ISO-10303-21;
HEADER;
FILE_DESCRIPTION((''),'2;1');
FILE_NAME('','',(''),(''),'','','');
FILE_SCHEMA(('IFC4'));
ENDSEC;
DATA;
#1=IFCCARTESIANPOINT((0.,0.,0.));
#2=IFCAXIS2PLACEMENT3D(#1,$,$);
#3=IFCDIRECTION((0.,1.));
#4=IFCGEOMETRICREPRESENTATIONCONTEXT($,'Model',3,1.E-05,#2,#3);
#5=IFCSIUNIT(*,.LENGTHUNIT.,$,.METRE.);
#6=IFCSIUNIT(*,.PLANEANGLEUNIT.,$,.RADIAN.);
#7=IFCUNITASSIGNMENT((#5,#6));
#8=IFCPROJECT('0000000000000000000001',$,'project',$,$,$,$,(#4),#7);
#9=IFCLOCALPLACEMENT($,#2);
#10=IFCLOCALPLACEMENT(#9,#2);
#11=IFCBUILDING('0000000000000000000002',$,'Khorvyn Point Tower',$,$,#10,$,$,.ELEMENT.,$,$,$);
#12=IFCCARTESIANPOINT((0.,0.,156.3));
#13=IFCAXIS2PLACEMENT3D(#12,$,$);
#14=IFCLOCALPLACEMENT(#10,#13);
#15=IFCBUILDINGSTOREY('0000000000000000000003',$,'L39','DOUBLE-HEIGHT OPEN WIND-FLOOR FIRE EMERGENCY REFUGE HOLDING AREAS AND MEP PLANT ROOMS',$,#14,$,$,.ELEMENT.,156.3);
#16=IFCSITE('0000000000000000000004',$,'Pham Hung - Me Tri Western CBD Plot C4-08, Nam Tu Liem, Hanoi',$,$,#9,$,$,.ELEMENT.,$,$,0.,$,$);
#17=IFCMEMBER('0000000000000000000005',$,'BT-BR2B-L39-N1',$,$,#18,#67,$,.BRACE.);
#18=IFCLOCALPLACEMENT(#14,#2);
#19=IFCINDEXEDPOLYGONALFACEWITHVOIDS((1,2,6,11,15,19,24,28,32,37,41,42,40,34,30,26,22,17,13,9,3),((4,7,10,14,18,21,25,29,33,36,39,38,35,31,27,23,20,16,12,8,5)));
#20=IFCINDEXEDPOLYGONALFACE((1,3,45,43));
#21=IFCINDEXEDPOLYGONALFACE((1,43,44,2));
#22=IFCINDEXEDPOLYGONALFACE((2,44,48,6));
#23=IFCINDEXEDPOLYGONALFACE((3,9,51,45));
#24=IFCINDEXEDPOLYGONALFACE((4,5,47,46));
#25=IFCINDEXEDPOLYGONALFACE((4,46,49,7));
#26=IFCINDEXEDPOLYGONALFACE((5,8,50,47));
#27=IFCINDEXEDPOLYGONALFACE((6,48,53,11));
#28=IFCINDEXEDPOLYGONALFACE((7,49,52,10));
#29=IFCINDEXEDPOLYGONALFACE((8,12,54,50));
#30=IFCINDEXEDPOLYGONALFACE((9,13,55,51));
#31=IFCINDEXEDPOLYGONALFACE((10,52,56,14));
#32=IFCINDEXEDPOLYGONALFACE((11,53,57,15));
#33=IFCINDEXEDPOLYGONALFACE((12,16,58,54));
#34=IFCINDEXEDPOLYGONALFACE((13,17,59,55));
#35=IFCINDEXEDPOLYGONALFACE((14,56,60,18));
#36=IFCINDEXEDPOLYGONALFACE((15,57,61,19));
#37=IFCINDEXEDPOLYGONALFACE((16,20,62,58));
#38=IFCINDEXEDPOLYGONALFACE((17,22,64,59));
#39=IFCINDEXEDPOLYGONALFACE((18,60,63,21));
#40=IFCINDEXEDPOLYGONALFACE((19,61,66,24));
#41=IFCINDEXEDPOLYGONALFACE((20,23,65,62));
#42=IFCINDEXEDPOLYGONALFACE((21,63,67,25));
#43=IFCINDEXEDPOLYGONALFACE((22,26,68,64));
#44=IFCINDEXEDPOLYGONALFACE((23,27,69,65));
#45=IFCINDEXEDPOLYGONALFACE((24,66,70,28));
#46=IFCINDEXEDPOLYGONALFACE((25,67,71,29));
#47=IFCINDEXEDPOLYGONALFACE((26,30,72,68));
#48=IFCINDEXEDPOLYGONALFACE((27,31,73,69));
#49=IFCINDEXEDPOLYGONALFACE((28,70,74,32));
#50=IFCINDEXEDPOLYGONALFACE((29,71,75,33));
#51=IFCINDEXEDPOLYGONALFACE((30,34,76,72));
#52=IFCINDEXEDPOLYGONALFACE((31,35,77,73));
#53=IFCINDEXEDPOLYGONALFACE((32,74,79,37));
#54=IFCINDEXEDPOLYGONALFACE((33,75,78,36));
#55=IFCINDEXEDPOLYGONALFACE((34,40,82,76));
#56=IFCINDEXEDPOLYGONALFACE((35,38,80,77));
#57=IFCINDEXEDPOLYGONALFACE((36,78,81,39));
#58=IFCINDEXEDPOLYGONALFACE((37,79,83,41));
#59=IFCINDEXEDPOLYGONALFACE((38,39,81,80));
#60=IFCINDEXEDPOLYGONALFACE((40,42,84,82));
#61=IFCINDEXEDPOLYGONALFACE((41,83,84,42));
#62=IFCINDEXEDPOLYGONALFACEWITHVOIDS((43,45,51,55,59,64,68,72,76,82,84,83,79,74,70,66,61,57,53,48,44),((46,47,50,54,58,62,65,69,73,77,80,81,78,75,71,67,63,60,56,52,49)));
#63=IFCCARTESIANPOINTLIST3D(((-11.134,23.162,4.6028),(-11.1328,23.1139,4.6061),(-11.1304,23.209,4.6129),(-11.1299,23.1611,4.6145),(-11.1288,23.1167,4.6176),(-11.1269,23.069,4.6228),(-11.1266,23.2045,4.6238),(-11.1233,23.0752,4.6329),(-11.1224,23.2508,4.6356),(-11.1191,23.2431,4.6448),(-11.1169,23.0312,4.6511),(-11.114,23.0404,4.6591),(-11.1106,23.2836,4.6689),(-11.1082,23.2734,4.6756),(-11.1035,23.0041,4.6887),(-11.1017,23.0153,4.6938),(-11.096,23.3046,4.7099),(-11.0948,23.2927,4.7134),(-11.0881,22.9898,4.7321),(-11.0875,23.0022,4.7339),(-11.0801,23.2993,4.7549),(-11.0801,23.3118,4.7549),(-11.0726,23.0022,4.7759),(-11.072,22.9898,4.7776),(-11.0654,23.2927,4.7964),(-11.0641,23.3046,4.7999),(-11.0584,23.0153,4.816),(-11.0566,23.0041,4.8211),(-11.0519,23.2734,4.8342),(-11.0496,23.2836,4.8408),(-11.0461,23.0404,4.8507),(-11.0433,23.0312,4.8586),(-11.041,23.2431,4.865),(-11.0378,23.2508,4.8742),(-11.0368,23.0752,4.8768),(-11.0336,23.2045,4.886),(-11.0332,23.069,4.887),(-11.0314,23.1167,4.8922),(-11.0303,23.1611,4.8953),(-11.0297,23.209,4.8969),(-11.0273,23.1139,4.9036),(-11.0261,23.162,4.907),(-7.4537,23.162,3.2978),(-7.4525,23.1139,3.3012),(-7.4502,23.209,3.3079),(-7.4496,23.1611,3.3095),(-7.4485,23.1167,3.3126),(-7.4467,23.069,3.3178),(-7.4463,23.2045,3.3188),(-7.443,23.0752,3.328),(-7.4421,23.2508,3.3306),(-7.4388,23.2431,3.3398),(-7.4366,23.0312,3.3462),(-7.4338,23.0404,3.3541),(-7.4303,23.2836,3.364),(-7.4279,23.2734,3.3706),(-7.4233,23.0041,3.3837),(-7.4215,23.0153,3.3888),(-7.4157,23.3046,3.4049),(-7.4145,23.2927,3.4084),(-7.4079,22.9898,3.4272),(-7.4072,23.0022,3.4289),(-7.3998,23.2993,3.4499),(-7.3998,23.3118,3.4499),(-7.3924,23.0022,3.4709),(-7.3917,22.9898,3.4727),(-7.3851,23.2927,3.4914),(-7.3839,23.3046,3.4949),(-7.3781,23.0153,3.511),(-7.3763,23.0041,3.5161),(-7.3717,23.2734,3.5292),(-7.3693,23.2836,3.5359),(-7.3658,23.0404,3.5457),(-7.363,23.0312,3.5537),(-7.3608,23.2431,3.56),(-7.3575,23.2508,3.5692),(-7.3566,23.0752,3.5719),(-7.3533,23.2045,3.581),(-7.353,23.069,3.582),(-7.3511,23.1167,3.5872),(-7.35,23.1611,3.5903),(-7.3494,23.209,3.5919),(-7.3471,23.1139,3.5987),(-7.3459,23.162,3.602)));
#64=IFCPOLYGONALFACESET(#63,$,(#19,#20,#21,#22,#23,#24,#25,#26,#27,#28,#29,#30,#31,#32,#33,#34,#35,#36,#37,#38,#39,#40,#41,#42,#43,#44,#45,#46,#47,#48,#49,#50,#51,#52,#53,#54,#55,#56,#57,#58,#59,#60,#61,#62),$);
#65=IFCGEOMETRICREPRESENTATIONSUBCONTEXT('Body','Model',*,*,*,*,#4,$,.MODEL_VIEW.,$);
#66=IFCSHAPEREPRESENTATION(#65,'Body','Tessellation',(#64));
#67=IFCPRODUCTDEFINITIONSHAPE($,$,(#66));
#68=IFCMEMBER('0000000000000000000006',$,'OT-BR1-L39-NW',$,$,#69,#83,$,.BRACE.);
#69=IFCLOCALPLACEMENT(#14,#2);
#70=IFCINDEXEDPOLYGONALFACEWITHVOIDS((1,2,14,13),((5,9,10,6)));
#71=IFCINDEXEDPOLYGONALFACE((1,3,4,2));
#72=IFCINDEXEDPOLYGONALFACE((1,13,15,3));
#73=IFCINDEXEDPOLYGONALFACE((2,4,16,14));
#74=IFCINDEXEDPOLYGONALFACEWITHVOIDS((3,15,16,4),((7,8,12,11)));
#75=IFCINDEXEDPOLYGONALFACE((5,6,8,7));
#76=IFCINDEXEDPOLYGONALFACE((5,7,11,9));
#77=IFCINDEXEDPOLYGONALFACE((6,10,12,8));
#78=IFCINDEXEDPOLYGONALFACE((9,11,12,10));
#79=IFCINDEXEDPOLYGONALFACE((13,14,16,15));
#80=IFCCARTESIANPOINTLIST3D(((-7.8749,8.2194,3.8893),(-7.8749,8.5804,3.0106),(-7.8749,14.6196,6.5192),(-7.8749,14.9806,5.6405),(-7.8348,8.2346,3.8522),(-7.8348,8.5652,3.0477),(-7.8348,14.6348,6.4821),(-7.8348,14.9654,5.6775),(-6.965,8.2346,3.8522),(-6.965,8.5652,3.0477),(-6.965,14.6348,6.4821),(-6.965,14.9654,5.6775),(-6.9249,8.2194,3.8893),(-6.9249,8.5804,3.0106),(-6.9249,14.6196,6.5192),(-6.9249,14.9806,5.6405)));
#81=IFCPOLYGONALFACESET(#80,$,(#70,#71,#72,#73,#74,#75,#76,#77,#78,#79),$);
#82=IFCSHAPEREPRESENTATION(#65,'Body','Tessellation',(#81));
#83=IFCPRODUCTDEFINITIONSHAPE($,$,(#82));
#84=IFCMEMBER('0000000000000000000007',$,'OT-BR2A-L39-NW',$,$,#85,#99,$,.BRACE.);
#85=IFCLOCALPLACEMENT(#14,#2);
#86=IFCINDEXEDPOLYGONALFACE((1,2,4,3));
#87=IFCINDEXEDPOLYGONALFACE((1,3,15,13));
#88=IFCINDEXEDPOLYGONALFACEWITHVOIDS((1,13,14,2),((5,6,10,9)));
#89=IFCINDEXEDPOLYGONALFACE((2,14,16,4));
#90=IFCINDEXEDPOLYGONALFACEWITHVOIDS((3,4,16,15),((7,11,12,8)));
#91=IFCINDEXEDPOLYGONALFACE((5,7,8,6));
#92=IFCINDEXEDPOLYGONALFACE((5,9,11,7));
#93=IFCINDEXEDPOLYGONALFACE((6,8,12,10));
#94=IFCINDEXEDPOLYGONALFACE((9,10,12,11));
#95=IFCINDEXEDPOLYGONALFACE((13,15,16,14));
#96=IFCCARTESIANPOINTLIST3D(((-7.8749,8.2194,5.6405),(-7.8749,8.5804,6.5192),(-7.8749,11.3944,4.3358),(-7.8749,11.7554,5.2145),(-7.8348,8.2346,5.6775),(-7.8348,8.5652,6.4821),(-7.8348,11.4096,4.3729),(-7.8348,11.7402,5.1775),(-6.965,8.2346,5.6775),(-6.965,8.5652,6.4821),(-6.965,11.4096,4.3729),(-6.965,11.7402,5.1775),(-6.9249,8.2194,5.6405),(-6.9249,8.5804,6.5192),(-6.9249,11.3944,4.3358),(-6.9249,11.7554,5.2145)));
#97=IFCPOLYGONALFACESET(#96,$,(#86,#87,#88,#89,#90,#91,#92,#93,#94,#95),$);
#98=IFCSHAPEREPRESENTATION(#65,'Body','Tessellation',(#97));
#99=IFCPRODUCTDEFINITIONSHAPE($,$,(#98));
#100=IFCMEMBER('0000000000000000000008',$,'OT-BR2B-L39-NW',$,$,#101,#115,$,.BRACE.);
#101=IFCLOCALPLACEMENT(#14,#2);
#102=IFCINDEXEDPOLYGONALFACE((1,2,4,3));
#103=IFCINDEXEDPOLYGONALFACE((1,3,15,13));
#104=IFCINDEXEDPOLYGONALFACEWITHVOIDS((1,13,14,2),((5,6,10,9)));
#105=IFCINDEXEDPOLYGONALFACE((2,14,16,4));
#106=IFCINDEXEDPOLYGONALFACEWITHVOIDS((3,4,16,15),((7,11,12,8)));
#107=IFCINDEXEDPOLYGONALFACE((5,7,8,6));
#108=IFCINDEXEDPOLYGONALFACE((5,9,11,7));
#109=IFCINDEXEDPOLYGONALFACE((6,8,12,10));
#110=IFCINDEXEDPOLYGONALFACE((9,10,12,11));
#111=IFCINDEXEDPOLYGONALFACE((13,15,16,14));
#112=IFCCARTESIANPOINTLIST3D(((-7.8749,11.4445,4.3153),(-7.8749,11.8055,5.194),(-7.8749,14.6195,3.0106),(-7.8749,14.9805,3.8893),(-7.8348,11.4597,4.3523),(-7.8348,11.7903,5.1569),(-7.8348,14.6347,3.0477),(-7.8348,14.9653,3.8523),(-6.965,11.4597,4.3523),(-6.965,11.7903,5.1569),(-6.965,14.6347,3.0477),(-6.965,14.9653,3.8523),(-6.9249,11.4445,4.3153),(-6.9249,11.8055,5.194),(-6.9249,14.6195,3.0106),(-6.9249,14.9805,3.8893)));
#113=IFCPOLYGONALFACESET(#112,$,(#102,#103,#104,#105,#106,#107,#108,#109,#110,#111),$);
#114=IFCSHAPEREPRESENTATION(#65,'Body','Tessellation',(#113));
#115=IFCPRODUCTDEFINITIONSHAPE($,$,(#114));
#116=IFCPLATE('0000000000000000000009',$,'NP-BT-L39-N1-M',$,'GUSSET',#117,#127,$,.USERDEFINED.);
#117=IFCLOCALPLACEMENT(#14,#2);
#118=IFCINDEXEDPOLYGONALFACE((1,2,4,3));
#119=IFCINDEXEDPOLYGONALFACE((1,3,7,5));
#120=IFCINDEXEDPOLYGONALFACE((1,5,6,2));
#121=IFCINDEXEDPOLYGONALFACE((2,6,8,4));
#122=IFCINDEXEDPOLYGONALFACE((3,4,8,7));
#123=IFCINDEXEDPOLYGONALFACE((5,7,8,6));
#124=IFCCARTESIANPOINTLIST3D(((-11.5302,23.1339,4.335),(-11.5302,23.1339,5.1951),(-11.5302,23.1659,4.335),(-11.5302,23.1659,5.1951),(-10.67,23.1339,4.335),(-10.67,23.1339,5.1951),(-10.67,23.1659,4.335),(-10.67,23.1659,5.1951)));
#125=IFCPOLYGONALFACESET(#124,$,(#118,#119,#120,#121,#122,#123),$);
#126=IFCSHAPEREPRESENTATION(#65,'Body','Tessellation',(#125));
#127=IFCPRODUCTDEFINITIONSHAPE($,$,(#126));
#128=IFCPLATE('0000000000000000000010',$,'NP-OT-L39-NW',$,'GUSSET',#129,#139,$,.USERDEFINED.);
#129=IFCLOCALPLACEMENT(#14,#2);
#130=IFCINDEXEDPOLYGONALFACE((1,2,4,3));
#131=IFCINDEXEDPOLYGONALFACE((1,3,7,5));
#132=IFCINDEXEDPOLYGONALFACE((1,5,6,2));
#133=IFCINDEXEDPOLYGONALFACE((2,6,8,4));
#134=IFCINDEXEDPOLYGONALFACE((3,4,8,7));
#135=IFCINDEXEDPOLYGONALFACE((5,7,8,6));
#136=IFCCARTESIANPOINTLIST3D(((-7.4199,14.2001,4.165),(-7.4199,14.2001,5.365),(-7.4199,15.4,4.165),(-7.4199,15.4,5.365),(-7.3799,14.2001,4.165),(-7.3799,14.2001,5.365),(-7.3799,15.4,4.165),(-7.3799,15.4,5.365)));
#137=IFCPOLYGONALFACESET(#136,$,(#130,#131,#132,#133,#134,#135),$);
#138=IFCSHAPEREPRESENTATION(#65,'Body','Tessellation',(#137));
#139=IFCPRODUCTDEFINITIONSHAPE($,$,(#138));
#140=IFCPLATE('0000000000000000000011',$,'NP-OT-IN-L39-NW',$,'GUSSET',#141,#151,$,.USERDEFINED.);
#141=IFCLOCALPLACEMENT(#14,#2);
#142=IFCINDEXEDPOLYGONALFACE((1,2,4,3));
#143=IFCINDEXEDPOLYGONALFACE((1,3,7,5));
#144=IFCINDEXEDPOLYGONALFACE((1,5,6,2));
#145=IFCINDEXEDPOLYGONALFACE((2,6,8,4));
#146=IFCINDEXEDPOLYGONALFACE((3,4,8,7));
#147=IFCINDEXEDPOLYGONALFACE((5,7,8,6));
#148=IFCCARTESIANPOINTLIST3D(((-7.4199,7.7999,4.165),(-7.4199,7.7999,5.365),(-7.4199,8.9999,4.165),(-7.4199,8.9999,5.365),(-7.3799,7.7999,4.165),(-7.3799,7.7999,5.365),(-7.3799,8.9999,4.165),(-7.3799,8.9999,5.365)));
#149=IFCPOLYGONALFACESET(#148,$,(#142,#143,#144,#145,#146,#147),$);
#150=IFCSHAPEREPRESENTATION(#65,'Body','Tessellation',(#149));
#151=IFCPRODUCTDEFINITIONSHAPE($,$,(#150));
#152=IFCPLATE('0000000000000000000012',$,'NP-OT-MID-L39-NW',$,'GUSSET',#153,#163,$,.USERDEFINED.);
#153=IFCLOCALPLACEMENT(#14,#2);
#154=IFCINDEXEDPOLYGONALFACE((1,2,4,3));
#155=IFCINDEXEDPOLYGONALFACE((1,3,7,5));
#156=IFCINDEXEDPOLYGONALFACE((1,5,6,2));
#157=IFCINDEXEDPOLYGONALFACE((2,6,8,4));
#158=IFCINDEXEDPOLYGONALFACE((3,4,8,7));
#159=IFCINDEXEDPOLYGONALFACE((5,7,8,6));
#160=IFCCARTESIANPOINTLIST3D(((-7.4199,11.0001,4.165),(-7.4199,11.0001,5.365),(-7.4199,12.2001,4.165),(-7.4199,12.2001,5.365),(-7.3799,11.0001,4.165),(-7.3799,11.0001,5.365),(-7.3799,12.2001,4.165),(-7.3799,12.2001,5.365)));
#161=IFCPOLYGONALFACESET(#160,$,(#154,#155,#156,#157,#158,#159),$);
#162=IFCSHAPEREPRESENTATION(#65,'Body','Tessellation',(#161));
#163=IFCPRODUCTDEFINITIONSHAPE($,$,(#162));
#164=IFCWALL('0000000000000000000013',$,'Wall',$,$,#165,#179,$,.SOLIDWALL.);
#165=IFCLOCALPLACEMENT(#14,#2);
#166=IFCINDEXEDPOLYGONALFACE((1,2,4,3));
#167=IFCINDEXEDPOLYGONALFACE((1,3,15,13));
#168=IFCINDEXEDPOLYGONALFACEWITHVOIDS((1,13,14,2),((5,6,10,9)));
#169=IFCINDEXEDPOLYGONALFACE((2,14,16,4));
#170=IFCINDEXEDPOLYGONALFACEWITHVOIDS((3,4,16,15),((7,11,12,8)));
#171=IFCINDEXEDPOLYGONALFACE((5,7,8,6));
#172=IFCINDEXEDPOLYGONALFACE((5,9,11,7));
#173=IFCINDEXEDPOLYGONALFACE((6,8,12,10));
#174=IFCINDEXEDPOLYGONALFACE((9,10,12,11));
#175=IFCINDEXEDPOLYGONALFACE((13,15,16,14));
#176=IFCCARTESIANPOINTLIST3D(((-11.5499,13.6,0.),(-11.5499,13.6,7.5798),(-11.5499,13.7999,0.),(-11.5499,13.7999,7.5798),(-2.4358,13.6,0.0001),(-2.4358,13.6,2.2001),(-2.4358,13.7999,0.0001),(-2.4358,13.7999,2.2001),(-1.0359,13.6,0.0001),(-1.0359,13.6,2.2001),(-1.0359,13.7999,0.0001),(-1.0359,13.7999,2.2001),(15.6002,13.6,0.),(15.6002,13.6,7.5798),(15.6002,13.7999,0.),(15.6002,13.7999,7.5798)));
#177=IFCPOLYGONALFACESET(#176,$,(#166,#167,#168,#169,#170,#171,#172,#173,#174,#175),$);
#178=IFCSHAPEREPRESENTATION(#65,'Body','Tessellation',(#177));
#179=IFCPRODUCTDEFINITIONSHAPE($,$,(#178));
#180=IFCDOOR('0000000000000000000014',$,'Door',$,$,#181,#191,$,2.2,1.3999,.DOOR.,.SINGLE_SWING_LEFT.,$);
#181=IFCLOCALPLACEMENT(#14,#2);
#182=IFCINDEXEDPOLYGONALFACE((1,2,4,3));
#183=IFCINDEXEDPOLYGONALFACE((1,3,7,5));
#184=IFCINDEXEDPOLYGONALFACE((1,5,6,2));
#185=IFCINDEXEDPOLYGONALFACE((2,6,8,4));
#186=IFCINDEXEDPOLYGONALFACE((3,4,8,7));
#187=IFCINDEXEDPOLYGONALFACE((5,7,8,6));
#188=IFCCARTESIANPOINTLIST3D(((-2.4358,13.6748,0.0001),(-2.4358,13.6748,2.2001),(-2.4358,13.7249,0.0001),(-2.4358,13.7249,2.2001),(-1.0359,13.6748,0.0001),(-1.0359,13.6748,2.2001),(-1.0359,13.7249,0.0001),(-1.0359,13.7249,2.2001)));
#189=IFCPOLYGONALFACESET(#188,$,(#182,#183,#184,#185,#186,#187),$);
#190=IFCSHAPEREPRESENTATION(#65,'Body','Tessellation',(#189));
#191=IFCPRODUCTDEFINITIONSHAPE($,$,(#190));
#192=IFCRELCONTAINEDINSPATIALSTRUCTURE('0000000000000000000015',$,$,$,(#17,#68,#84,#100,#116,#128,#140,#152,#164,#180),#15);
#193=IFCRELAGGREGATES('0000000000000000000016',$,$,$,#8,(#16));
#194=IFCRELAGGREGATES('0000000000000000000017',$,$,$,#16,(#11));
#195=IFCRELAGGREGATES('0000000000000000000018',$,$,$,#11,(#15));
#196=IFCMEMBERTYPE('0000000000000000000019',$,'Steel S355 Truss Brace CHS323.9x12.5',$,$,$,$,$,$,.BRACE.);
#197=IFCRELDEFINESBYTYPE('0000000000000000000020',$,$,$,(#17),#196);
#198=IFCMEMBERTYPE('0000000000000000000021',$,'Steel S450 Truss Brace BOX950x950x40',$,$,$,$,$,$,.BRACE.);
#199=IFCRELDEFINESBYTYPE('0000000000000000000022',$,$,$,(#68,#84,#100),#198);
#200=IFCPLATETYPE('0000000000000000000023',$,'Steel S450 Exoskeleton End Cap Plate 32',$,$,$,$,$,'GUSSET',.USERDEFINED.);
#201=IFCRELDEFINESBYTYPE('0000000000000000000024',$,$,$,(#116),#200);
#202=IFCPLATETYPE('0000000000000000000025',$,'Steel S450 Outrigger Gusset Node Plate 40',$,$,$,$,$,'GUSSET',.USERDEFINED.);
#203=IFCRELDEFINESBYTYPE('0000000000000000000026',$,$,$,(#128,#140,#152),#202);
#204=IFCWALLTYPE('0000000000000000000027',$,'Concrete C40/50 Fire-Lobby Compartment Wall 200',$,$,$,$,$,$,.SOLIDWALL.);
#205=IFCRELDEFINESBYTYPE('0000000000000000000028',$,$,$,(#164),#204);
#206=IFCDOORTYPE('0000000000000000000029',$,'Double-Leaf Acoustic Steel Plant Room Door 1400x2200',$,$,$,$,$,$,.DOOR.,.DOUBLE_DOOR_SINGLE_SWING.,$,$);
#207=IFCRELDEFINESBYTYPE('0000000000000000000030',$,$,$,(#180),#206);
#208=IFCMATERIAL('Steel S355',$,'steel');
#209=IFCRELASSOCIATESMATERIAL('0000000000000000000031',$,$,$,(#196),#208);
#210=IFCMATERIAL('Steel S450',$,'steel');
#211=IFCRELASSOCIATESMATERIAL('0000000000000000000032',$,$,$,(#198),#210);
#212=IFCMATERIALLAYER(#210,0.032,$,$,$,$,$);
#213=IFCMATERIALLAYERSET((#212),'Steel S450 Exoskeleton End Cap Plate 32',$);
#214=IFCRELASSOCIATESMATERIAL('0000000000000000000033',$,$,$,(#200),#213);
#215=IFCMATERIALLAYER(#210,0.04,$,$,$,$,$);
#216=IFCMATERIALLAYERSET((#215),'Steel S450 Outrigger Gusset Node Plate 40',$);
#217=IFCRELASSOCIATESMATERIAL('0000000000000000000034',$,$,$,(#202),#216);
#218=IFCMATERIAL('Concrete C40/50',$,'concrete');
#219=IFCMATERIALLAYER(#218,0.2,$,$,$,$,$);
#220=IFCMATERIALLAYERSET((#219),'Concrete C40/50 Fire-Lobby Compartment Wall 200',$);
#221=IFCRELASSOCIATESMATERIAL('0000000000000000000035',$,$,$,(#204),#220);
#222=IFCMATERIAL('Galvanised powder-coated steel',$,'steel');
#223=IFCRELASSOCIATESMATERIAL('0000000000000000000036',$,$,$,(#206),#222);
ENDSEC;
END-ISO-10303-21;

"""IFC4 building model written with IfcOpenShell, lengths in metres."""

from ifc_helpers import new_model, si_unit, direction, frame, frame_2d, origin, origin_2d, place, context, subcontext, project, spatial, rectangle, hollow_rectangle, hollow_circle, extrude, material, layer, layer_set, material_profile, profile_set, type_object, element, fill, save


model = new_model("IFC4")

# Units and contexts
model_context = context("Model", 3, precision=1e-05, world=origin(), true_north=direction((0.0, 1.0)))
body_context = subcontext(model_context, "Body", "Model", "MODEL_VIEW")
ifc_project = project(units=[si_unit("LENGTHUNIT", "METRE"), si_unit("PLANEANGLEUNIT", "RADIAN")], contexts=[model_context])

# Site, building, storey
site_placement = place(None, origin())
site = spatial("IfcSite", under=ifc_project, at=site_placement, Name="Pham Hung - Me Tri Western CBD Plot C4-08, Nam Tu Liem, Hanoi", CompositionType="ELEMENT", RefElevation=0.0)
building_placement = place(site_placement, origin())
building = spatial("IfcBuilding", under=site, at=building_placement, Name="Khorvyn Point Tower", CompositionType="ELEMENT")
storey_placement = place(building_placement, frame((0.0, 0.0, 156.3)))
storey = spatial("IfcBuildingStorey", under=building, at=storey_placement, Name="L39", Description="DOUBLE-HEIGHT OPEN WIND-FLOOR FIRE EMERGENCY REFUGE HOLDING AREAS AND MEP PLANT ROOMS", CompositionType="ELEMENT", Elevation=156.3)

# Shared definitions
ifc_material_1 = material(Name="Steel S450", Category="steel")

# Shared definitions
ifc_material_2 = material(Name="Steel S355", Category="steel")

# Members
ifc_material_profile_1 = material_profile(ifc_material_2, hollow_circle(Radius=0.1619, WallThickness=0.0125, at=origin_2d()))
ifc_profile_set_1 = profile_set([ifc_material_profile_1], Name="Steel S355 CHS323.9x12.5")
member_type_1 = type_object("IfcMemberType", Name="Steel S355 Truss Brace CHS323.9x12.5", PredefinedType="BRACE", material=ifc_profile_set_1)
member_1_placement = place(storey_placement, frame((-11.0801, 23.1499, 4.7549), z_axis=(0.942503, 0.0, -0.334197), x_axis=(0.0, 1.0, 0.0)))
element("IfcMember", 1, at=member_1_placement, inside=storey, type_object=member_type_1, Name="BT-BR2B-L39-N1", PredefinedType="BRACE", context=body_context, shape_type="SweptSolid", body=[
    extrude(hollow_circle(Radius=0.1619, WallThickness=0.0125, at=origin_2d()), origin(), (0.0, 0.0, 1.0), 3.9048),
])
ifc_material_profile_2 = material_profile(ifc_material_1, hollow_rectangle(XDim=0.95, YDim=0.95, WallThickness=0.04, at=origin_2d()))
ifc_profile_set_2 = profile_set([ifc_material_profile_2], Name="Steel S450 BOX950x950x40")
member_type_2 = type_object("IfcMemberType", Name="Steel S450 Truss Brace BOX950x950x40", PredefinedType="BRACE", material=ifc_profile_set_2)
member_2_placement = place(storey_placement, frame((-7.3999, 8.3999, 3.45), z_axis=(0.0, 0.924956, 0.380074), x_axis=(-1.0, 0.0, 0.0)))
element("IfcMember", 2, at=member_2_placement, inside=storey, type_object=member_type_2, Name="OT-BR1-L39-NW", PredefinedType="BRACE", context=body_context, shape_type="SweptSolid", body=[
    extrude(hollow_rectangle(XDim=0.95, YDim=0.95, WallThickness=0.04, at=origin_2d()), origin(), (0.0, 0.0, 1.0), 6.9194),
])
for number, where, z_axis, x_axis, name in (
    (3, (-7.3999, 8.3999, 6.0798), (0.0, 0.924953, -0.380081), (-1.0, 0.0, 0.0), "OT-BR2A-L39-NW"),
    (4, (-7.3999, 11.625, 4.7546), (0.0, 0.924953, -0.380081), (-1.0, 0.0, 0.0), "OT-BR2B-L39-NW"),
):
    element("IfcMember", number, at=place(storey_placement, frame(where, z_axis=z_axis, x_axis=x_axis)), inside=storey, type_object=member_type_2, Name=name, PredefinedType="BRACE", context=body_context, shape_type="SweptSolid", body=[
        extrude(hollow_rectangle(XDim=0.95, YDim=0.95, WallThickness=0.04, at=origin_2d()), origin(), (0.0, 0.0, 1.0), 3.4326),
    ])

# Plates
ifc_layer_1 = layer(ifc_material_1, 0.032)
ifc_layer_set_1 = layer_set([ifc_layer_1], Name="Steel S450 Exoskeleton End Cap Plate 32")
plate_type_1 = type_object("IfcPlateType", Name="Steel S450 Exoskeleton End Cap Plate 32", ElementType="GUSSET", PredefinedType="USERDEFINED", material=ifc_layer_set_1)
plate_placement = place(storey_placement, frame((-11.1001, 23.1499, 4.335), z_axis=(0.0, 0.0, 1.0), x_axis=(1.0, 0.0, 0.0)))
element("IfcPlate", 5, at=plate_placement, inside=storey, type_object=plate_type_1, Name="NP-BT-L39-N1-M", ObjectType="GUSSET", PredefinedType="USERDEFINED", context=body_context, shape_type="SweptSolid", body=[
    extrude(rectangle(XDim=0.8601, YDim=0.032, at=origin_2d()), origin(), (0.0, 0.0, 1.0), 0.8601),
])
ifc_layer_2 = layer(ifc_material_1, 0.04)
ifc_layer_set_2 = layer_set([ifc_layer_2], Name="Steel S450 Outrigger Gusset Node Plate 40")
plate_type_2 = type_object("IfcPlateType", Name="Steel S450 Outrigger Gusset Node Plate 40", ElementType="GUSSET", PredefinedType="USERDEFINED", material=ifc_layer_set_2)
for number, where, z_axis, x_axis, name in (
    (6, (-7.3999, 14.8, 4.165), (0.0, 0.0, 1.0), (1.0, 0.0, 0.0), "NP-OT-L39-NW"),
    (7, (-7.3999, 8.3999, 4.165), (0.0, 0.0, 1.0), (1.0, 0.0, 0.0), "NP-OT-IN-L39-NW"),
    (8, (-7.3999, 11.6001, 4.165), (0.0, 0.0, 1.0), (1.0, 0.0, 0.0), "NP-OT-MID-L39-NW"),
):
    element("IfcPlate", number, at=place(storey_placement, frame(where, z_axis=z_axis, x_axis=x_axis)), inside=storey, type_object=plate_type_2, Name=name, ObjectType="GUSSET", PredefinedType="USERDEFINED", context=body_context, shape_type="SweptSolid", body=[
        extrude(rectangle(XDim=0.04, YDim=1.2, at=origin_2d()), origin(), (0.0, 0.0, 1.0), 1.2),
    ])

# Wall, opening, door
ifc_material_3 = material(Name="Concrete C40/50", Category="concrete")
ifc_layer_3 = layer(ifc_material_3, 0.2)
ifc_layer_set_3 = layer_set([ifc_layer_3], Name="Concrete C40/50 Fire-Lobby Compartment Wall 200")
wall_type_1 = type_object("IfcWallType", Name="Concrete C40/50 Fire-Lobby Compartment Wall 200", PredefinedType="SOLIDWALL", material=ifc_layer_set_3)
wall_1_placement = place(storey_placement, frame((-11.55, 13.7, 0.0), z_axis=(0.0, 0.0, 1.0), x_axis=(1.0, 0.0, 0.0)))
wall_1 = element("IfcWall", 9, at=wall_1_placement, inside=storey, type_object=wall_type_1, Name="Wall", PredefinedType="SOLIDWALL", context=body_context, shape_type="SweptSolid", body=[
    extrude(rectangle(XDim=27.1501, YDim=0.2, at=frame_2d((13.5752, 0.0))), origin(), (0.0, 0.0, 1.0), 7.5798),
])
opening_placement = place(wall_1_placement, frame((9.1143, 0.0, 0.0)))
opening = element("IfcOpeningElement", 10, at=opening_placement, cuts=wall_1, PredefinedType="OPENING", context=body_context, shape_type="SweptSolid", body=[
    extrude(rectangle(XDim=1.3999, YDim=2.2, at=frame_2d((0.7, 1.1001))), frame((0.0, 0.1099, 0.0), z_axis=(0.0, -1.0, 0.0), x_axis=(1.0, 0.0, 0.0)), (0.0, 0.0, 1.0), 0.22),
])
ifc_material_4 = material(Name="Galvanised powder-coated steel", Category="steel")
door_type = type_object("IfcDoorType", Name="Double-Leaf Acoustic Steel Plant Room Door 1400x2200", OperationType="DOUBLE_DOOR_SINGLE_SWING", PredefinedType="DOOR", material=ifc_material_4)
door_placement = place(opening_placement, origin())
door = element("IfcDoor", 11, at=door_placement, inside=storey, type_object=door_type, Name="Door", OperationType="SINGLE_SWING_LEFT", OverallHeight=2.2, OverallWidth=1.3999, PredefinedType="DOOR", context=body_context, shape_type="SweptSolid", body=[
    extrude(rectangle(XDim=1.3999, YDim=2.2, at=frame_2d((0.7, 1.1001))), frame((0.0, 0.0249, 0.0), z_axis=(0.0, -1.0, 0.0), x_axis=(1.0, 0.0, 0.0)), (0.0, 0.0, 1.0), 0.05),
])
fill(opening, door)

save(model, "model.ifc")
